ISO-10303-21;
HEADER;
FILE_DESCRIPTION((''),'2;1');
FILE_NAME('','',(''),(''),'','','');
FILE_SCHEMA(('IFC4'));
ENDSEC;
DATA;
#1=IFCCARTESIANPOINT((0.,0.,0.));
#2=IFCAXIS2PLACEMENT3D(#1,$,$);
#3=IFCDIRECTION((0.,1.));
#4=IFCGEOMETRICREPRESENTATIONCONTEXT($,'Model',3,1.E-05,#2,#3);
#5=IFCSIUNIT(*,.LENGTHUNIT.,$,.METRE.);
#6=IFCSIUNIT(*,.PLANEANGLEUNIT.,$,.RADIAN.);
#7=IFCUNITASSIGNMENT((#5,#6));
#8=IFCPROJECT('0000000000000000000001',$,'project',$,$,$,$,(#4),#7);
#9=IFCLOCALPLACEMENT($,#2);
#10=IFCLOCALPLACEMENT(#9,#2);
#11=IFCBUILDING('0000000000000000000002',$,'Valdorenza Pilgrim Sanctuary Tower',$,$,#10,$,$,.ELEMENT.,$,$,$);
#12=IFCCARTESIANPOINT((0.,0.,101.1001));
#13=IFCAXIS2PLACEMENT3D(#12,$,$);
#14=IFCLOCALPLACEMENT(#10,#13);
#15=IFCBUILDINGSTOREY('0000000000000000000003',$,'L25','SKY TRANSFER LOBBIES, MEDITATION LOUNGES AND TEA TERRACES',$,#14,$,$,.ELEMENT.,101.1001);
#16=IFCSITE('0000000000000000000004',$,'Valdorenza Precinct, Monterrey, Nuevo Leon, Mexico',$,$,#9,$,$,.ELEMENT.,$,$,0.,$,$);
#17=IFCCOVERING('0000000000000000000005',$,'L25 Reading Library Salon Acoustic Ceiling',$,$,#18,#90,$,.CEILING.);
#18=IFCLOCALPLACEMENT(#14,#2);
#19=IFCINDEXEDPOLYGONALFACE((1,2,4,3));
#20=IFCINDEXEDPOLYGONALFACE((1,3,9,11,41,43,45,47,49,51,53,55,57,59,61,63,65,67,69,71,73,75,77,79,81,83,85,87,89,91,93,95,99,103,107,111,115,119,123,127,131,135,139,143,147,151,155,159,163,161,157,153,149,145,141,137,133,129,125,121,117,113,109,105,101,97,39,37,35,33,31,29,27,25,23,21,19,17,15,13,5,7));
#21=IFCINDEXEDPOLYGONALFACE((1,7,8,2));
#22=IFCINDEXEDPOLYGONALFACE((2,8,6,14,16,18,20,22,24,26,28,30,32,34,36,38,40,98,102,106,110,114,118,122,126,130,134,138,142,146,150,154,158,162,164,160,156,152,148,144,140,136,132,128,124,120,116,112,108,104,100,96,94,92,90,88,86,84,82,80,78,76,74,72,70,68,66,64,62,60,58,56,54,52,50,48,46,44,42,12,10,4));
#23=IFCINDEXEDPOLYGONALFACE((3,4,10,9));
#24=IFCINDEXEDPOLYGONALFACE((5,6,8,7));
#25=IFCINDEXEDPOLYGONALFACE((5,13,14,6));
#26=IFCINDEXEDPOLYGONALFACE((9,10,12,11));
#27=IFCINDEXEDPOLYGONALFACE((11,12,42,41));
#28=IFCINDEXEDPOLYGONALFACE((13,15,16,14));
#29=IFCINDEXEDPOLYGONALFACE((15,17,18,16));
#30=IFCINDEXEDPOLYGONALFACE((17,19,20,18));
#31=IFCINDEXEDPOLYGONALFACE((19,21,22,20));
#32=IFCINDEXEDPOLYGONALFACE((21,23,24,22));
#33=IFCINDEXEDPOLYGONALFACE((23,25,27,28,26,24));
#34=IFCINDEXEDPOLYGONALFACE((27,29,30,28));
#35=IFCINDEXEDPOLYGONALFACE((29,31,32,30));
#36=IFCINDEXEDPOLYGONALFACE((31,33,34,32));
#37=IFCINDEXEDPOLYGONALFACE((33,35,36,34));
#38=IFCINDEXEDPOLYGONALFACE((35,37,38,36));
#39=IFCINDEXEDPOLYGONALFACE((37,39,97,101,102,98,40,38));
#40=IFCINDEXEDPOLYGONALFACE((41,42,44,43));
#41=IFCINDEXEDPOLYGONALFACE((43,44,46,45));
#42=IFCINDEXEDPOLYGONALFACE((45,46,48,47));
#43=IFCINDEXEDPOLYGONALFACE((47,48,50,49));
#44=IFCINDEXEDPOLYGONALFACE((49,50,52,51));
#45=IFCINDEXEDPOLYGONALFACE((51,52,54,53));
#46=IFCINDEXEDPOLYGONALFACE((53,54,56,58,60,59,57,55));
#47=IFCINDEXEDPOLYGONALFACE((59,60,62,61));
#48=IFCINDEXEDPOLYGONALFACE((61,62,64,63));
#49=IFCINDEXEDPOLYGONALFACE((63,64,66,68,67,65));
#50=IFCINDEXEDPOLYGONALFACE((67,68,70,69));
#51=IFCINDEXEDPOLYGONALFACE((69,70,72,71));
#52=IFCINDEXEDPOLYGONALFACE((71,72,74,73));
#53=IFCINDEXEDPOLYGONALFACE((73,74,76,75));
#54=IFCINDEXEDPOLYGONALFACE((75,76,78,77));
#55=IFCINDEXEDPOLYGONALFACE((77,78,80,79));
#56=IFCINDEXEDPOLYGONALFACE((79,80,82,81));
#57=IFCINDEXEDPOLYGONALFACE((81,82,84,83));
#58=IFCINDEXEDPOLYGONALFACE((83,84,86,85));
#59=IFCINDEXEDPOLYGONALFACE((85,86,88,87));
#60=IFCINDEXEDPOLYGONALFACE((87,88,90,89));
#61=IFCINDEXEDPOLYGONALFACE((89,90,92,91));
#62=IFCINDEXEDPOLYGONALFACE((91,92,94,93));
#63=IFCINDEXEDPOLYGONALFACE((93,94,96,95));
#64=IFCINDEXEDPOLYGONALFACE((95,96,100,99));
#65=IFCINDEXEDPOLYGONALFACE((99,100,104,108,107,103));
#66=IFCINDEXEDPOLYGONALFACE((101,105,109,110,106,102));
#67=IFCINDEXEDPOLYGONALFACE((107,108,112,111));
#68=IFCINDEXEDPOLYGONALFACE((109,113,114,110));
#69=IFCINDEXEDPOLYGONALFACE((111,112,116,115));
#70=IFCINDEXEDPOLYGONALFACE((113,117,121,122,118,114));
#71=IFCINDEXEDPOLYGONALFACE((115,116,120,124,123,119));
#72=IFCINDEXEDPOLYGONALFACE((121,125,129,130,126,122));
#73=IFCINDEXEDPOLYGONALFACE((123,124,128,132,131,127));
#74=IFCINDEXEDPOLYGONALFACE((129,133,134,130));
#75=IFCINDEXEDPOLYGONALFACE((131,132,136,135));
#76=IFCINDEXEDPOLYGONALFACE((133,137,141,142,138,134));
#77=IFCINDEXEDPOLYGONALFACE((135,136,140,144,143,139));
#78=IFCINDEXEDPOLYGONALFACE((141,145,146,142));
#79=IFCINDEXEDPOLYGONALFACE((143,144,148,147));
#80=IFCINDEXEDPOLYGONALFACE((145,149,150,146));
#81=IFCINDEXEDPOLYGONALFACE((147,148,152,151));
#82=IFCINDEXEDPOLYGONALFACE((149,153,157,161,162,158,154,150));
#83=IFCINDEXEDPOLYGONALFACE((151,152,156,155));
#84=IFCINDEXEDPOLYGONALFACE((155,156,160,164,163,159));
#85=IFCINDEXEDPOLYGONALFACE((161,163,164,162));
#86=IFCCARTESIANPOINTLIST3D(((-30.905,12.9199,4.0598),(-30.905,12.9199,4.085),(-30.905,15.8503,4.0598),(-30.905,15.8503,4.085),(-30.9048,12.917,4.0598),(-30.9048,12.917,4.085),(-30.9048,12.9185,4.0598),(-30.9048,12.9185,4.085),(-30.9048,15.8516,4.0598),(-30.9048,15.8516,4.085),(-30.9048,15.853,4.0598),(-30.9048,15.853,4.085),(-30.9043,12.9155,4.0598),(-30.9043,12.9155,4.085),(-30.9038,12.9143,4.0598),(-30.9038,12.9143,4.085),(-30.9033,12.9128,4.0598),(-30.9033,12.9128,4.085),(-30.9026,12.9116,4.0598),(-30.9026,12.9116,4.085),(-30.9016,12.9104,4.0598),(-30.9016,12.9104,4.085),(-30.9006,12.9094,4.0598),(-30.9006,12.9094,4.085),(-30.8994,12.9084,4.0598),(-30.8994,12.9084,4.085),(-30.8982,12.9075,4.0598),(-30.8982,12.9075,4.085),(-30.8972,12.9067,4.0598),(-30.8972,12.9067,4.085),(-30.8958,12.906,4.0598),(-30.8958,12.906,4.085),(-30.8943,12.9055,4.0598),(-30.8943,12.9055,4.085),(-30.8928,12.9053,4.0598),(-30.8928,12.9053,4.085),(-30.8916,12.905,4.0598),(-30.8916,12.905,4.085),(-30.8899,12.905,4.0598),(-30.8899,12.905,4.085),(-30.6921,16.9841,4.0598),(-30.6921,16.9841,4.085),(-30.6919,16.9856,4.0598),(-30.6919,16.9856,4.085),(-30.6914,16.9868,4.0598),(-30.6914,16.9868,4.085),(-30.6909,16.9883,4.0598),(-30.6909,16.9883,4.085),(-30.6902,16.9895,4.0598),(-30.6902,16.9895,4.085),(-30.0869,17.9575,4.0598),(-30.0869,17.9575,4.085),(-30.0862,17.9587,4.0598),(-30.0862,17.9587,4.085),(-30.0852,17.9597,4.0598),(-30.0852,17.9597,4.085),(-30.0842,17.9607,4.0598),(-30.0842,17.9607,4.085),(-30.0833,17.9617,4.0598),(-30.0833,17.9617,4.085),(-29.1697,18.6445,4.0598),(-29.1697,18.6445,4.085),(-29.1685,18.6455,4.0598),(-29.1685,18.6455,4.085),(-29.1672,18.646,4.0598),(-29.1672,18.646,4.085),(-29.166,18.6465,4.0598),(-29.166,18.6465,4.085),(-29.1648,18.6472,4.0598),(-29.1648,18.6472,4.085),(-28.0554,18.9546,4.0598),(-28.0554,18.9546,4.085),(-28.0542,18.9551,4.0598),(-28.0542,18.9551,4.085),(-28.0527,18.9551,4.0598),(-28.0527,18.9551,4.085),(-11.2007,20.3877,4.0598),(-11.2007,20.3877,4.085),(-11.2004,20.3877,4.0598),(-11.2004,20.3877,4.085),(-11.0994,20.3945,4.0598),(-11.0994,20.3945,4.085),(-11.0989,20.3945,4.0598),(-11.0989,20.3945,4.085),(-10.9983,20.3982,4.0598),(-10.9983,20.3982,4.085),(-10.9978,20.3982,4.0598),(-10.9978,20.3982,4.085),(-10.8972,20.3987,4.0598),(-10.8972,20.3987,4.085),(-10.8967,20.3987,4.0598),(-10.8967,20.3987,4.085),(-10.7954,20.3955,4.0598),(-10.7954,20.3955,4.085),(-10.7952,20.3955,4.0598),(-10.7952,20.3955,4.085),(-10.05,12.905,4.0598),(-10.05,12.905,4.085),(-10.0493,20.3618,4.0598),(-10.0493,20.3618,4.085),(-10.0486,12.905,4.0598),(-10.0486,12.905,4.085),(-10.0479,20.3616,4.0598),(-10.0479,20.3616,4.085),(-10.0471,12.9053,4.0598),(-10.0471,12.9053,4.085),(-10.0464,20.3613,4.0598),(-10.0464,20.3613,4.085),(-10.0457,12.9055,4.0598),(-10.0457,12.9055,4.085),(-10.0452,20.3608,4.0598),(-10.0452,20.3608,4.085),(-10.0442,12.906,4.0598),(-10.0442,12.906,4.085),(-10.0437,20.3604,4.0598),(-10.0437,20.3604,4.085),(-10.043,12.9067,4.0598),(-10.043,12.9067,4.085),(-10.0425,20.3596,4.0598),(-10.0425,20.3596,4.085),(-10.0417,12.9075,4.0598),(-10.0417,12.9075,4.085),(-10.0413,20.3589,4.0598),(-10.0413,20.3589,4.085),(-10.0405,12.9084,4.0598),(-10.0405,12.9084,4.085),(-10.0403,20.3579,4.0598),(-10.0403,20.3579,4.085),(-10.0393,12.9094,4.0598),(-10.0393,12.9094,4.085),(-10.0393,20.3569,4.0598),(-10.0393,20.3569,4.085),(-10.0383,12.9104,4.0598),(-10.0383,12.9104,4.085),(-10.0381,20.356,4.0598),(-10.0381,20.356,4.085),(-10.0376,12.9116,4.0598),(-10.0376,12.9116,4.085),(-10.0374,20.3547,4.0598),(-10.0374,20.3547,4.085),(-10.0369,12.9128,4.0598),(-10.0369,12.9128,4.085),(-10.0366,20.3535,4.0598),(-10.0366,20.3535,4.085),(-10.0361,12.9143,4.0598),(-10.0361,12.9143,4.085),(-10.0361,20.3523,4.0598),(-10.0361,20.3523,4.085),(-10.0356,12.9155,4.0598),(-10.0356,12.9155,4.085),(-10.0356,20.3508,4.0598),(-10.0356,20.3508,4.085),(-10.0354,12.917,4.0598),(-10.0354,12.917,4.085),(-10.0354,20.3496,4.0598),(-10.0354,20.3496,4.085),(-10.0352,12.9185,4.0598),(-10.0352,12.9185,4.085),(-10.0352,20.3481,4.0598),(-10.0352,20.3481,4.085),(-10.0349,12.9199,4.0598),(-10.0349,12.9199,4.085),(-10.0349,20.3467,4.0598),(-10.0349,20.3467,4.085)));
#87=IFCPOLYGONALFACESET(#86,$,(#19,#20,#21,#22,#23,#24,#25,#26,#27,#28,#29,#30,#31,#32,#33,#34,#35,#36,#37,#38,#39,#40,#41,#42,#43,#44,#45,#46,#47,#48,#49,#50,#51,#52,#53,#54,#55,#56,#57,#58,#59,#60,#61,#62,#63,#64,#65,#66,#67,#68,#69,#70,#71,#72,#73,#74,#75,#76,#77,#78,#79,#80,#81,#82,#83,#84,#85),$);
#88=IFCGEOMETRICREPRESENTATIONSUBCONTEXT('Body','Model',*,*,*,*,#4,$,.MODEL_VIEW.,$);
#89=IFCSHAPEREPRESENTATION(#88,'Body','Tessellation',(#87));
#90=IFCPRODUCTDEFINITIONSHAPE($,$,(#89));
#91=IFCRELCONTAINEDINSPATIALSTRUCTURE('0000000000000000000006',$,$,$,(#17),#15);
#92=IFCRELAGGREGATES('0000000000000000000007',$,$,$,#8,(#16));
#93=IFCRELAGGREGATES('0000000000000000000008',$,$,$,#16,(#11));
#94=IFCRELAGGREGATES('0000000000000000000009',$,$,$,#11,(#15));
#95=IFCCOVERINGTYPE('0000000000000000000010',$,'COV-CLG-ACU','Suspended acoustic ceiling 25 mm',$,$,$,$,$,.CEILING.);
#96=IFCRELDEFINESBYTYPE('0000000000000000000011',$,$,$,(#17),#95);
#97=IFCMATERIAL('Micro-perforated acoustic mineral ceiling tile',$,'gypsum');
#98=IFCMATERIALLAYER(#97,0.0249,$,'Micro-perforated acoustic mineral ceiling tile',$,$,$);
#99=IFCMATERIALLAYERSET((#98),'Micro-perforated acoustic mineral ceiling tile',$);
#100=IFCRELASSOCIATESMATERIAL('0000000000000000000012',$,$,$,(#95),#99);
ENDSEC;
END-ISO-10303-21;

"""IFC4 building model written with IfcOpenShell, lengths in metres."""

from ifc_helpers import new_model, si_unit, direction, frame, origin, place, context, subcontext, project, spatial, polyline, outline, extrude, material, layer, layer_set, type_object, element, save


model = new_model("IFC4")

# Units and contexts
model_context = context("Model", 3, precision=1e-05, world=origin(), true_north=direction((0.0, 1.0)))
body_context = subcontext(model_context, "Body", "Model", "MODEL_VIEW")
ifc_project = project(units=[si_unit("LENGTHUNIT", "METRE"), si_unit("PLANEANGLEUNIT", "RADIAN")], contexts=[model_context])

# Site, building, storey
site_placement = place(None, origin())
site = spatial("IfcSite", under=ifc_project, at=site_placement, Name="Valdorenza Precinct, Monterrey, Nuevo Leon, Mexico", CompositionType="ELEMENT", RefElevation=0.0)
building_placement = place(site_placement, origin())
building = spatial("IfcBuilding", under=site, at=building_placement, Name="Valdorenza Pilgrim Sanctuary Tower", CompositionType="ELEMENT")
storey_placement = place(building_placement, frame((0.0, 0.0, 101.1001)))
storey = spatial("IfcBuildingStorey", under=building, at=storey_placement, Name="L25", Description="SKY TRANSFER LOBBIES, MEDITATION LOUNGES AND TEA TERRACES", CompositionType="ELEMENT", Elevation=101.1001)

# Covering
ifc_material_1 = material(Name="Micro-perforated acoustic mineral ceiling tile", Category="gypsum")
ifc_layer_1 = layer(ifc_material_1, 0.0249, Name="Micro-perforated acoustic mineral ceiling tile")
ifc_layer_set_1 = layer_set([ifc_layer_1], Name="Micro-perforated acoustic mineral ceiling tile")
covering_type_1 = type_object("IfcCoveringType", Name="COV-CLG-ACU", Description="Suspended acoustic ceiling 25 mm", PredefinedType="CEILING", material=ifc_layer_set_1)
covering_1_placement = place(storey_placement, frame((0.0, 0.0, 4.0598)))
element("IfcCovering", 1, at=covering_1_placement, inside=storey, type_object=covering_type_1, Name="L25 Reading Library Salon Acoustic Ceiling", PredefinedType="CEILING", context=body_context, shape_type="SweptSolid", body=[
    extrude(outline(polyline([(-30.8899, 12.905), (-30.8916, 12.905), (-30.8928, 12.9053), (-30.8943, 12.9055), (-30.8958, 12.906), (-30.8972, 12.9067), (-30.8982, 12.9075), (-30.8994, 12.9084), (-30.9006, 12.9094), (-30.9016, 12.9104), (-30.9026, 12.9116), (-30.9033, 12.9128), (-30.9038, 12.9143), (-30.9043, 12.9155), (-30.9048, 12.917), (-30.9048, 12.9185), (-30.905, 12.9199), (-30.905, 15.8503), (-30.9048, 15.8516), (-30.9048, 15.853), (-30.6921, 16.9841), (-30.6919, 16.9856), (-30.6914, 16.9868), (-30.6909, 16.9883), (-30.6902, 16.9895), (-30.0869, 17.9575), (-30.0862, 17.9587), (-30.0852, 17.9597), (-30.0842, 17.9607), (-30.0833, 17.9617), (-29.1697, 18.6445), (-29.1685, 18.6455), (-29.1672, 18.646), (-29.166, 18.6465), (-29.1648, 18.6472), (-28.0554, 18.9546), (-28.0542, 18.9551), (-28.0527, 18.9551), (-11.2007, 20.3877), (-11.2004, 20.3877), (-11.0994, 20.3945), (-11.0989, 20.3945), (-10.9983, 20.3982), (-10.9978, 20.3982), (-10.8972, 20.3987), (-10.8967, 20.3987), (-10.7954, 20.3955), (-10.7952, 20.3955), (-10.0493, 20.3618), (-10.0479, 20.3616), (-10.0464, 20.3613), (-10.0452, 20.3608), (-10.0437, 20.3604), (-10.0425, 20.3596), (-10.0413, 20.3589), (-10.0403, 20.3579), (-10.0393, 20.3569), (-10.0381, 20.356), (-10.0374, 20.3547), (-10.0366, 20.3535), (-10.0361, 20.3523), (-10.0356, 20.3508), (-10.0354, 20.3496), (-10.0352, 20.3481), (-10.0349, 20.3467), (-10.0349, 12.9199), (-10.0352, 12.9185), (-10.0354, 12.917), (-10.0356, 12.9155), (-10.0361, 12.9143), (-10.0369, 12.9128), (-10.0376, 12.9116), (-10.0383, 12.9104), (-10.0393, 12.9094), (-10.0405, 12.9084), (-10.0417, 12.9075), (-10.043, 12.9067), (-10.0442, 12.906), (-10.0457, 12.9055), (-10.0471, 12.9053), (-10.0486, 12.905), (-10.05, 12.905), (-30.8899, 12.905)])), origin(), (0.0, 0.0, 1.0), 0.0251),
])

save(model, "model.ifc")
